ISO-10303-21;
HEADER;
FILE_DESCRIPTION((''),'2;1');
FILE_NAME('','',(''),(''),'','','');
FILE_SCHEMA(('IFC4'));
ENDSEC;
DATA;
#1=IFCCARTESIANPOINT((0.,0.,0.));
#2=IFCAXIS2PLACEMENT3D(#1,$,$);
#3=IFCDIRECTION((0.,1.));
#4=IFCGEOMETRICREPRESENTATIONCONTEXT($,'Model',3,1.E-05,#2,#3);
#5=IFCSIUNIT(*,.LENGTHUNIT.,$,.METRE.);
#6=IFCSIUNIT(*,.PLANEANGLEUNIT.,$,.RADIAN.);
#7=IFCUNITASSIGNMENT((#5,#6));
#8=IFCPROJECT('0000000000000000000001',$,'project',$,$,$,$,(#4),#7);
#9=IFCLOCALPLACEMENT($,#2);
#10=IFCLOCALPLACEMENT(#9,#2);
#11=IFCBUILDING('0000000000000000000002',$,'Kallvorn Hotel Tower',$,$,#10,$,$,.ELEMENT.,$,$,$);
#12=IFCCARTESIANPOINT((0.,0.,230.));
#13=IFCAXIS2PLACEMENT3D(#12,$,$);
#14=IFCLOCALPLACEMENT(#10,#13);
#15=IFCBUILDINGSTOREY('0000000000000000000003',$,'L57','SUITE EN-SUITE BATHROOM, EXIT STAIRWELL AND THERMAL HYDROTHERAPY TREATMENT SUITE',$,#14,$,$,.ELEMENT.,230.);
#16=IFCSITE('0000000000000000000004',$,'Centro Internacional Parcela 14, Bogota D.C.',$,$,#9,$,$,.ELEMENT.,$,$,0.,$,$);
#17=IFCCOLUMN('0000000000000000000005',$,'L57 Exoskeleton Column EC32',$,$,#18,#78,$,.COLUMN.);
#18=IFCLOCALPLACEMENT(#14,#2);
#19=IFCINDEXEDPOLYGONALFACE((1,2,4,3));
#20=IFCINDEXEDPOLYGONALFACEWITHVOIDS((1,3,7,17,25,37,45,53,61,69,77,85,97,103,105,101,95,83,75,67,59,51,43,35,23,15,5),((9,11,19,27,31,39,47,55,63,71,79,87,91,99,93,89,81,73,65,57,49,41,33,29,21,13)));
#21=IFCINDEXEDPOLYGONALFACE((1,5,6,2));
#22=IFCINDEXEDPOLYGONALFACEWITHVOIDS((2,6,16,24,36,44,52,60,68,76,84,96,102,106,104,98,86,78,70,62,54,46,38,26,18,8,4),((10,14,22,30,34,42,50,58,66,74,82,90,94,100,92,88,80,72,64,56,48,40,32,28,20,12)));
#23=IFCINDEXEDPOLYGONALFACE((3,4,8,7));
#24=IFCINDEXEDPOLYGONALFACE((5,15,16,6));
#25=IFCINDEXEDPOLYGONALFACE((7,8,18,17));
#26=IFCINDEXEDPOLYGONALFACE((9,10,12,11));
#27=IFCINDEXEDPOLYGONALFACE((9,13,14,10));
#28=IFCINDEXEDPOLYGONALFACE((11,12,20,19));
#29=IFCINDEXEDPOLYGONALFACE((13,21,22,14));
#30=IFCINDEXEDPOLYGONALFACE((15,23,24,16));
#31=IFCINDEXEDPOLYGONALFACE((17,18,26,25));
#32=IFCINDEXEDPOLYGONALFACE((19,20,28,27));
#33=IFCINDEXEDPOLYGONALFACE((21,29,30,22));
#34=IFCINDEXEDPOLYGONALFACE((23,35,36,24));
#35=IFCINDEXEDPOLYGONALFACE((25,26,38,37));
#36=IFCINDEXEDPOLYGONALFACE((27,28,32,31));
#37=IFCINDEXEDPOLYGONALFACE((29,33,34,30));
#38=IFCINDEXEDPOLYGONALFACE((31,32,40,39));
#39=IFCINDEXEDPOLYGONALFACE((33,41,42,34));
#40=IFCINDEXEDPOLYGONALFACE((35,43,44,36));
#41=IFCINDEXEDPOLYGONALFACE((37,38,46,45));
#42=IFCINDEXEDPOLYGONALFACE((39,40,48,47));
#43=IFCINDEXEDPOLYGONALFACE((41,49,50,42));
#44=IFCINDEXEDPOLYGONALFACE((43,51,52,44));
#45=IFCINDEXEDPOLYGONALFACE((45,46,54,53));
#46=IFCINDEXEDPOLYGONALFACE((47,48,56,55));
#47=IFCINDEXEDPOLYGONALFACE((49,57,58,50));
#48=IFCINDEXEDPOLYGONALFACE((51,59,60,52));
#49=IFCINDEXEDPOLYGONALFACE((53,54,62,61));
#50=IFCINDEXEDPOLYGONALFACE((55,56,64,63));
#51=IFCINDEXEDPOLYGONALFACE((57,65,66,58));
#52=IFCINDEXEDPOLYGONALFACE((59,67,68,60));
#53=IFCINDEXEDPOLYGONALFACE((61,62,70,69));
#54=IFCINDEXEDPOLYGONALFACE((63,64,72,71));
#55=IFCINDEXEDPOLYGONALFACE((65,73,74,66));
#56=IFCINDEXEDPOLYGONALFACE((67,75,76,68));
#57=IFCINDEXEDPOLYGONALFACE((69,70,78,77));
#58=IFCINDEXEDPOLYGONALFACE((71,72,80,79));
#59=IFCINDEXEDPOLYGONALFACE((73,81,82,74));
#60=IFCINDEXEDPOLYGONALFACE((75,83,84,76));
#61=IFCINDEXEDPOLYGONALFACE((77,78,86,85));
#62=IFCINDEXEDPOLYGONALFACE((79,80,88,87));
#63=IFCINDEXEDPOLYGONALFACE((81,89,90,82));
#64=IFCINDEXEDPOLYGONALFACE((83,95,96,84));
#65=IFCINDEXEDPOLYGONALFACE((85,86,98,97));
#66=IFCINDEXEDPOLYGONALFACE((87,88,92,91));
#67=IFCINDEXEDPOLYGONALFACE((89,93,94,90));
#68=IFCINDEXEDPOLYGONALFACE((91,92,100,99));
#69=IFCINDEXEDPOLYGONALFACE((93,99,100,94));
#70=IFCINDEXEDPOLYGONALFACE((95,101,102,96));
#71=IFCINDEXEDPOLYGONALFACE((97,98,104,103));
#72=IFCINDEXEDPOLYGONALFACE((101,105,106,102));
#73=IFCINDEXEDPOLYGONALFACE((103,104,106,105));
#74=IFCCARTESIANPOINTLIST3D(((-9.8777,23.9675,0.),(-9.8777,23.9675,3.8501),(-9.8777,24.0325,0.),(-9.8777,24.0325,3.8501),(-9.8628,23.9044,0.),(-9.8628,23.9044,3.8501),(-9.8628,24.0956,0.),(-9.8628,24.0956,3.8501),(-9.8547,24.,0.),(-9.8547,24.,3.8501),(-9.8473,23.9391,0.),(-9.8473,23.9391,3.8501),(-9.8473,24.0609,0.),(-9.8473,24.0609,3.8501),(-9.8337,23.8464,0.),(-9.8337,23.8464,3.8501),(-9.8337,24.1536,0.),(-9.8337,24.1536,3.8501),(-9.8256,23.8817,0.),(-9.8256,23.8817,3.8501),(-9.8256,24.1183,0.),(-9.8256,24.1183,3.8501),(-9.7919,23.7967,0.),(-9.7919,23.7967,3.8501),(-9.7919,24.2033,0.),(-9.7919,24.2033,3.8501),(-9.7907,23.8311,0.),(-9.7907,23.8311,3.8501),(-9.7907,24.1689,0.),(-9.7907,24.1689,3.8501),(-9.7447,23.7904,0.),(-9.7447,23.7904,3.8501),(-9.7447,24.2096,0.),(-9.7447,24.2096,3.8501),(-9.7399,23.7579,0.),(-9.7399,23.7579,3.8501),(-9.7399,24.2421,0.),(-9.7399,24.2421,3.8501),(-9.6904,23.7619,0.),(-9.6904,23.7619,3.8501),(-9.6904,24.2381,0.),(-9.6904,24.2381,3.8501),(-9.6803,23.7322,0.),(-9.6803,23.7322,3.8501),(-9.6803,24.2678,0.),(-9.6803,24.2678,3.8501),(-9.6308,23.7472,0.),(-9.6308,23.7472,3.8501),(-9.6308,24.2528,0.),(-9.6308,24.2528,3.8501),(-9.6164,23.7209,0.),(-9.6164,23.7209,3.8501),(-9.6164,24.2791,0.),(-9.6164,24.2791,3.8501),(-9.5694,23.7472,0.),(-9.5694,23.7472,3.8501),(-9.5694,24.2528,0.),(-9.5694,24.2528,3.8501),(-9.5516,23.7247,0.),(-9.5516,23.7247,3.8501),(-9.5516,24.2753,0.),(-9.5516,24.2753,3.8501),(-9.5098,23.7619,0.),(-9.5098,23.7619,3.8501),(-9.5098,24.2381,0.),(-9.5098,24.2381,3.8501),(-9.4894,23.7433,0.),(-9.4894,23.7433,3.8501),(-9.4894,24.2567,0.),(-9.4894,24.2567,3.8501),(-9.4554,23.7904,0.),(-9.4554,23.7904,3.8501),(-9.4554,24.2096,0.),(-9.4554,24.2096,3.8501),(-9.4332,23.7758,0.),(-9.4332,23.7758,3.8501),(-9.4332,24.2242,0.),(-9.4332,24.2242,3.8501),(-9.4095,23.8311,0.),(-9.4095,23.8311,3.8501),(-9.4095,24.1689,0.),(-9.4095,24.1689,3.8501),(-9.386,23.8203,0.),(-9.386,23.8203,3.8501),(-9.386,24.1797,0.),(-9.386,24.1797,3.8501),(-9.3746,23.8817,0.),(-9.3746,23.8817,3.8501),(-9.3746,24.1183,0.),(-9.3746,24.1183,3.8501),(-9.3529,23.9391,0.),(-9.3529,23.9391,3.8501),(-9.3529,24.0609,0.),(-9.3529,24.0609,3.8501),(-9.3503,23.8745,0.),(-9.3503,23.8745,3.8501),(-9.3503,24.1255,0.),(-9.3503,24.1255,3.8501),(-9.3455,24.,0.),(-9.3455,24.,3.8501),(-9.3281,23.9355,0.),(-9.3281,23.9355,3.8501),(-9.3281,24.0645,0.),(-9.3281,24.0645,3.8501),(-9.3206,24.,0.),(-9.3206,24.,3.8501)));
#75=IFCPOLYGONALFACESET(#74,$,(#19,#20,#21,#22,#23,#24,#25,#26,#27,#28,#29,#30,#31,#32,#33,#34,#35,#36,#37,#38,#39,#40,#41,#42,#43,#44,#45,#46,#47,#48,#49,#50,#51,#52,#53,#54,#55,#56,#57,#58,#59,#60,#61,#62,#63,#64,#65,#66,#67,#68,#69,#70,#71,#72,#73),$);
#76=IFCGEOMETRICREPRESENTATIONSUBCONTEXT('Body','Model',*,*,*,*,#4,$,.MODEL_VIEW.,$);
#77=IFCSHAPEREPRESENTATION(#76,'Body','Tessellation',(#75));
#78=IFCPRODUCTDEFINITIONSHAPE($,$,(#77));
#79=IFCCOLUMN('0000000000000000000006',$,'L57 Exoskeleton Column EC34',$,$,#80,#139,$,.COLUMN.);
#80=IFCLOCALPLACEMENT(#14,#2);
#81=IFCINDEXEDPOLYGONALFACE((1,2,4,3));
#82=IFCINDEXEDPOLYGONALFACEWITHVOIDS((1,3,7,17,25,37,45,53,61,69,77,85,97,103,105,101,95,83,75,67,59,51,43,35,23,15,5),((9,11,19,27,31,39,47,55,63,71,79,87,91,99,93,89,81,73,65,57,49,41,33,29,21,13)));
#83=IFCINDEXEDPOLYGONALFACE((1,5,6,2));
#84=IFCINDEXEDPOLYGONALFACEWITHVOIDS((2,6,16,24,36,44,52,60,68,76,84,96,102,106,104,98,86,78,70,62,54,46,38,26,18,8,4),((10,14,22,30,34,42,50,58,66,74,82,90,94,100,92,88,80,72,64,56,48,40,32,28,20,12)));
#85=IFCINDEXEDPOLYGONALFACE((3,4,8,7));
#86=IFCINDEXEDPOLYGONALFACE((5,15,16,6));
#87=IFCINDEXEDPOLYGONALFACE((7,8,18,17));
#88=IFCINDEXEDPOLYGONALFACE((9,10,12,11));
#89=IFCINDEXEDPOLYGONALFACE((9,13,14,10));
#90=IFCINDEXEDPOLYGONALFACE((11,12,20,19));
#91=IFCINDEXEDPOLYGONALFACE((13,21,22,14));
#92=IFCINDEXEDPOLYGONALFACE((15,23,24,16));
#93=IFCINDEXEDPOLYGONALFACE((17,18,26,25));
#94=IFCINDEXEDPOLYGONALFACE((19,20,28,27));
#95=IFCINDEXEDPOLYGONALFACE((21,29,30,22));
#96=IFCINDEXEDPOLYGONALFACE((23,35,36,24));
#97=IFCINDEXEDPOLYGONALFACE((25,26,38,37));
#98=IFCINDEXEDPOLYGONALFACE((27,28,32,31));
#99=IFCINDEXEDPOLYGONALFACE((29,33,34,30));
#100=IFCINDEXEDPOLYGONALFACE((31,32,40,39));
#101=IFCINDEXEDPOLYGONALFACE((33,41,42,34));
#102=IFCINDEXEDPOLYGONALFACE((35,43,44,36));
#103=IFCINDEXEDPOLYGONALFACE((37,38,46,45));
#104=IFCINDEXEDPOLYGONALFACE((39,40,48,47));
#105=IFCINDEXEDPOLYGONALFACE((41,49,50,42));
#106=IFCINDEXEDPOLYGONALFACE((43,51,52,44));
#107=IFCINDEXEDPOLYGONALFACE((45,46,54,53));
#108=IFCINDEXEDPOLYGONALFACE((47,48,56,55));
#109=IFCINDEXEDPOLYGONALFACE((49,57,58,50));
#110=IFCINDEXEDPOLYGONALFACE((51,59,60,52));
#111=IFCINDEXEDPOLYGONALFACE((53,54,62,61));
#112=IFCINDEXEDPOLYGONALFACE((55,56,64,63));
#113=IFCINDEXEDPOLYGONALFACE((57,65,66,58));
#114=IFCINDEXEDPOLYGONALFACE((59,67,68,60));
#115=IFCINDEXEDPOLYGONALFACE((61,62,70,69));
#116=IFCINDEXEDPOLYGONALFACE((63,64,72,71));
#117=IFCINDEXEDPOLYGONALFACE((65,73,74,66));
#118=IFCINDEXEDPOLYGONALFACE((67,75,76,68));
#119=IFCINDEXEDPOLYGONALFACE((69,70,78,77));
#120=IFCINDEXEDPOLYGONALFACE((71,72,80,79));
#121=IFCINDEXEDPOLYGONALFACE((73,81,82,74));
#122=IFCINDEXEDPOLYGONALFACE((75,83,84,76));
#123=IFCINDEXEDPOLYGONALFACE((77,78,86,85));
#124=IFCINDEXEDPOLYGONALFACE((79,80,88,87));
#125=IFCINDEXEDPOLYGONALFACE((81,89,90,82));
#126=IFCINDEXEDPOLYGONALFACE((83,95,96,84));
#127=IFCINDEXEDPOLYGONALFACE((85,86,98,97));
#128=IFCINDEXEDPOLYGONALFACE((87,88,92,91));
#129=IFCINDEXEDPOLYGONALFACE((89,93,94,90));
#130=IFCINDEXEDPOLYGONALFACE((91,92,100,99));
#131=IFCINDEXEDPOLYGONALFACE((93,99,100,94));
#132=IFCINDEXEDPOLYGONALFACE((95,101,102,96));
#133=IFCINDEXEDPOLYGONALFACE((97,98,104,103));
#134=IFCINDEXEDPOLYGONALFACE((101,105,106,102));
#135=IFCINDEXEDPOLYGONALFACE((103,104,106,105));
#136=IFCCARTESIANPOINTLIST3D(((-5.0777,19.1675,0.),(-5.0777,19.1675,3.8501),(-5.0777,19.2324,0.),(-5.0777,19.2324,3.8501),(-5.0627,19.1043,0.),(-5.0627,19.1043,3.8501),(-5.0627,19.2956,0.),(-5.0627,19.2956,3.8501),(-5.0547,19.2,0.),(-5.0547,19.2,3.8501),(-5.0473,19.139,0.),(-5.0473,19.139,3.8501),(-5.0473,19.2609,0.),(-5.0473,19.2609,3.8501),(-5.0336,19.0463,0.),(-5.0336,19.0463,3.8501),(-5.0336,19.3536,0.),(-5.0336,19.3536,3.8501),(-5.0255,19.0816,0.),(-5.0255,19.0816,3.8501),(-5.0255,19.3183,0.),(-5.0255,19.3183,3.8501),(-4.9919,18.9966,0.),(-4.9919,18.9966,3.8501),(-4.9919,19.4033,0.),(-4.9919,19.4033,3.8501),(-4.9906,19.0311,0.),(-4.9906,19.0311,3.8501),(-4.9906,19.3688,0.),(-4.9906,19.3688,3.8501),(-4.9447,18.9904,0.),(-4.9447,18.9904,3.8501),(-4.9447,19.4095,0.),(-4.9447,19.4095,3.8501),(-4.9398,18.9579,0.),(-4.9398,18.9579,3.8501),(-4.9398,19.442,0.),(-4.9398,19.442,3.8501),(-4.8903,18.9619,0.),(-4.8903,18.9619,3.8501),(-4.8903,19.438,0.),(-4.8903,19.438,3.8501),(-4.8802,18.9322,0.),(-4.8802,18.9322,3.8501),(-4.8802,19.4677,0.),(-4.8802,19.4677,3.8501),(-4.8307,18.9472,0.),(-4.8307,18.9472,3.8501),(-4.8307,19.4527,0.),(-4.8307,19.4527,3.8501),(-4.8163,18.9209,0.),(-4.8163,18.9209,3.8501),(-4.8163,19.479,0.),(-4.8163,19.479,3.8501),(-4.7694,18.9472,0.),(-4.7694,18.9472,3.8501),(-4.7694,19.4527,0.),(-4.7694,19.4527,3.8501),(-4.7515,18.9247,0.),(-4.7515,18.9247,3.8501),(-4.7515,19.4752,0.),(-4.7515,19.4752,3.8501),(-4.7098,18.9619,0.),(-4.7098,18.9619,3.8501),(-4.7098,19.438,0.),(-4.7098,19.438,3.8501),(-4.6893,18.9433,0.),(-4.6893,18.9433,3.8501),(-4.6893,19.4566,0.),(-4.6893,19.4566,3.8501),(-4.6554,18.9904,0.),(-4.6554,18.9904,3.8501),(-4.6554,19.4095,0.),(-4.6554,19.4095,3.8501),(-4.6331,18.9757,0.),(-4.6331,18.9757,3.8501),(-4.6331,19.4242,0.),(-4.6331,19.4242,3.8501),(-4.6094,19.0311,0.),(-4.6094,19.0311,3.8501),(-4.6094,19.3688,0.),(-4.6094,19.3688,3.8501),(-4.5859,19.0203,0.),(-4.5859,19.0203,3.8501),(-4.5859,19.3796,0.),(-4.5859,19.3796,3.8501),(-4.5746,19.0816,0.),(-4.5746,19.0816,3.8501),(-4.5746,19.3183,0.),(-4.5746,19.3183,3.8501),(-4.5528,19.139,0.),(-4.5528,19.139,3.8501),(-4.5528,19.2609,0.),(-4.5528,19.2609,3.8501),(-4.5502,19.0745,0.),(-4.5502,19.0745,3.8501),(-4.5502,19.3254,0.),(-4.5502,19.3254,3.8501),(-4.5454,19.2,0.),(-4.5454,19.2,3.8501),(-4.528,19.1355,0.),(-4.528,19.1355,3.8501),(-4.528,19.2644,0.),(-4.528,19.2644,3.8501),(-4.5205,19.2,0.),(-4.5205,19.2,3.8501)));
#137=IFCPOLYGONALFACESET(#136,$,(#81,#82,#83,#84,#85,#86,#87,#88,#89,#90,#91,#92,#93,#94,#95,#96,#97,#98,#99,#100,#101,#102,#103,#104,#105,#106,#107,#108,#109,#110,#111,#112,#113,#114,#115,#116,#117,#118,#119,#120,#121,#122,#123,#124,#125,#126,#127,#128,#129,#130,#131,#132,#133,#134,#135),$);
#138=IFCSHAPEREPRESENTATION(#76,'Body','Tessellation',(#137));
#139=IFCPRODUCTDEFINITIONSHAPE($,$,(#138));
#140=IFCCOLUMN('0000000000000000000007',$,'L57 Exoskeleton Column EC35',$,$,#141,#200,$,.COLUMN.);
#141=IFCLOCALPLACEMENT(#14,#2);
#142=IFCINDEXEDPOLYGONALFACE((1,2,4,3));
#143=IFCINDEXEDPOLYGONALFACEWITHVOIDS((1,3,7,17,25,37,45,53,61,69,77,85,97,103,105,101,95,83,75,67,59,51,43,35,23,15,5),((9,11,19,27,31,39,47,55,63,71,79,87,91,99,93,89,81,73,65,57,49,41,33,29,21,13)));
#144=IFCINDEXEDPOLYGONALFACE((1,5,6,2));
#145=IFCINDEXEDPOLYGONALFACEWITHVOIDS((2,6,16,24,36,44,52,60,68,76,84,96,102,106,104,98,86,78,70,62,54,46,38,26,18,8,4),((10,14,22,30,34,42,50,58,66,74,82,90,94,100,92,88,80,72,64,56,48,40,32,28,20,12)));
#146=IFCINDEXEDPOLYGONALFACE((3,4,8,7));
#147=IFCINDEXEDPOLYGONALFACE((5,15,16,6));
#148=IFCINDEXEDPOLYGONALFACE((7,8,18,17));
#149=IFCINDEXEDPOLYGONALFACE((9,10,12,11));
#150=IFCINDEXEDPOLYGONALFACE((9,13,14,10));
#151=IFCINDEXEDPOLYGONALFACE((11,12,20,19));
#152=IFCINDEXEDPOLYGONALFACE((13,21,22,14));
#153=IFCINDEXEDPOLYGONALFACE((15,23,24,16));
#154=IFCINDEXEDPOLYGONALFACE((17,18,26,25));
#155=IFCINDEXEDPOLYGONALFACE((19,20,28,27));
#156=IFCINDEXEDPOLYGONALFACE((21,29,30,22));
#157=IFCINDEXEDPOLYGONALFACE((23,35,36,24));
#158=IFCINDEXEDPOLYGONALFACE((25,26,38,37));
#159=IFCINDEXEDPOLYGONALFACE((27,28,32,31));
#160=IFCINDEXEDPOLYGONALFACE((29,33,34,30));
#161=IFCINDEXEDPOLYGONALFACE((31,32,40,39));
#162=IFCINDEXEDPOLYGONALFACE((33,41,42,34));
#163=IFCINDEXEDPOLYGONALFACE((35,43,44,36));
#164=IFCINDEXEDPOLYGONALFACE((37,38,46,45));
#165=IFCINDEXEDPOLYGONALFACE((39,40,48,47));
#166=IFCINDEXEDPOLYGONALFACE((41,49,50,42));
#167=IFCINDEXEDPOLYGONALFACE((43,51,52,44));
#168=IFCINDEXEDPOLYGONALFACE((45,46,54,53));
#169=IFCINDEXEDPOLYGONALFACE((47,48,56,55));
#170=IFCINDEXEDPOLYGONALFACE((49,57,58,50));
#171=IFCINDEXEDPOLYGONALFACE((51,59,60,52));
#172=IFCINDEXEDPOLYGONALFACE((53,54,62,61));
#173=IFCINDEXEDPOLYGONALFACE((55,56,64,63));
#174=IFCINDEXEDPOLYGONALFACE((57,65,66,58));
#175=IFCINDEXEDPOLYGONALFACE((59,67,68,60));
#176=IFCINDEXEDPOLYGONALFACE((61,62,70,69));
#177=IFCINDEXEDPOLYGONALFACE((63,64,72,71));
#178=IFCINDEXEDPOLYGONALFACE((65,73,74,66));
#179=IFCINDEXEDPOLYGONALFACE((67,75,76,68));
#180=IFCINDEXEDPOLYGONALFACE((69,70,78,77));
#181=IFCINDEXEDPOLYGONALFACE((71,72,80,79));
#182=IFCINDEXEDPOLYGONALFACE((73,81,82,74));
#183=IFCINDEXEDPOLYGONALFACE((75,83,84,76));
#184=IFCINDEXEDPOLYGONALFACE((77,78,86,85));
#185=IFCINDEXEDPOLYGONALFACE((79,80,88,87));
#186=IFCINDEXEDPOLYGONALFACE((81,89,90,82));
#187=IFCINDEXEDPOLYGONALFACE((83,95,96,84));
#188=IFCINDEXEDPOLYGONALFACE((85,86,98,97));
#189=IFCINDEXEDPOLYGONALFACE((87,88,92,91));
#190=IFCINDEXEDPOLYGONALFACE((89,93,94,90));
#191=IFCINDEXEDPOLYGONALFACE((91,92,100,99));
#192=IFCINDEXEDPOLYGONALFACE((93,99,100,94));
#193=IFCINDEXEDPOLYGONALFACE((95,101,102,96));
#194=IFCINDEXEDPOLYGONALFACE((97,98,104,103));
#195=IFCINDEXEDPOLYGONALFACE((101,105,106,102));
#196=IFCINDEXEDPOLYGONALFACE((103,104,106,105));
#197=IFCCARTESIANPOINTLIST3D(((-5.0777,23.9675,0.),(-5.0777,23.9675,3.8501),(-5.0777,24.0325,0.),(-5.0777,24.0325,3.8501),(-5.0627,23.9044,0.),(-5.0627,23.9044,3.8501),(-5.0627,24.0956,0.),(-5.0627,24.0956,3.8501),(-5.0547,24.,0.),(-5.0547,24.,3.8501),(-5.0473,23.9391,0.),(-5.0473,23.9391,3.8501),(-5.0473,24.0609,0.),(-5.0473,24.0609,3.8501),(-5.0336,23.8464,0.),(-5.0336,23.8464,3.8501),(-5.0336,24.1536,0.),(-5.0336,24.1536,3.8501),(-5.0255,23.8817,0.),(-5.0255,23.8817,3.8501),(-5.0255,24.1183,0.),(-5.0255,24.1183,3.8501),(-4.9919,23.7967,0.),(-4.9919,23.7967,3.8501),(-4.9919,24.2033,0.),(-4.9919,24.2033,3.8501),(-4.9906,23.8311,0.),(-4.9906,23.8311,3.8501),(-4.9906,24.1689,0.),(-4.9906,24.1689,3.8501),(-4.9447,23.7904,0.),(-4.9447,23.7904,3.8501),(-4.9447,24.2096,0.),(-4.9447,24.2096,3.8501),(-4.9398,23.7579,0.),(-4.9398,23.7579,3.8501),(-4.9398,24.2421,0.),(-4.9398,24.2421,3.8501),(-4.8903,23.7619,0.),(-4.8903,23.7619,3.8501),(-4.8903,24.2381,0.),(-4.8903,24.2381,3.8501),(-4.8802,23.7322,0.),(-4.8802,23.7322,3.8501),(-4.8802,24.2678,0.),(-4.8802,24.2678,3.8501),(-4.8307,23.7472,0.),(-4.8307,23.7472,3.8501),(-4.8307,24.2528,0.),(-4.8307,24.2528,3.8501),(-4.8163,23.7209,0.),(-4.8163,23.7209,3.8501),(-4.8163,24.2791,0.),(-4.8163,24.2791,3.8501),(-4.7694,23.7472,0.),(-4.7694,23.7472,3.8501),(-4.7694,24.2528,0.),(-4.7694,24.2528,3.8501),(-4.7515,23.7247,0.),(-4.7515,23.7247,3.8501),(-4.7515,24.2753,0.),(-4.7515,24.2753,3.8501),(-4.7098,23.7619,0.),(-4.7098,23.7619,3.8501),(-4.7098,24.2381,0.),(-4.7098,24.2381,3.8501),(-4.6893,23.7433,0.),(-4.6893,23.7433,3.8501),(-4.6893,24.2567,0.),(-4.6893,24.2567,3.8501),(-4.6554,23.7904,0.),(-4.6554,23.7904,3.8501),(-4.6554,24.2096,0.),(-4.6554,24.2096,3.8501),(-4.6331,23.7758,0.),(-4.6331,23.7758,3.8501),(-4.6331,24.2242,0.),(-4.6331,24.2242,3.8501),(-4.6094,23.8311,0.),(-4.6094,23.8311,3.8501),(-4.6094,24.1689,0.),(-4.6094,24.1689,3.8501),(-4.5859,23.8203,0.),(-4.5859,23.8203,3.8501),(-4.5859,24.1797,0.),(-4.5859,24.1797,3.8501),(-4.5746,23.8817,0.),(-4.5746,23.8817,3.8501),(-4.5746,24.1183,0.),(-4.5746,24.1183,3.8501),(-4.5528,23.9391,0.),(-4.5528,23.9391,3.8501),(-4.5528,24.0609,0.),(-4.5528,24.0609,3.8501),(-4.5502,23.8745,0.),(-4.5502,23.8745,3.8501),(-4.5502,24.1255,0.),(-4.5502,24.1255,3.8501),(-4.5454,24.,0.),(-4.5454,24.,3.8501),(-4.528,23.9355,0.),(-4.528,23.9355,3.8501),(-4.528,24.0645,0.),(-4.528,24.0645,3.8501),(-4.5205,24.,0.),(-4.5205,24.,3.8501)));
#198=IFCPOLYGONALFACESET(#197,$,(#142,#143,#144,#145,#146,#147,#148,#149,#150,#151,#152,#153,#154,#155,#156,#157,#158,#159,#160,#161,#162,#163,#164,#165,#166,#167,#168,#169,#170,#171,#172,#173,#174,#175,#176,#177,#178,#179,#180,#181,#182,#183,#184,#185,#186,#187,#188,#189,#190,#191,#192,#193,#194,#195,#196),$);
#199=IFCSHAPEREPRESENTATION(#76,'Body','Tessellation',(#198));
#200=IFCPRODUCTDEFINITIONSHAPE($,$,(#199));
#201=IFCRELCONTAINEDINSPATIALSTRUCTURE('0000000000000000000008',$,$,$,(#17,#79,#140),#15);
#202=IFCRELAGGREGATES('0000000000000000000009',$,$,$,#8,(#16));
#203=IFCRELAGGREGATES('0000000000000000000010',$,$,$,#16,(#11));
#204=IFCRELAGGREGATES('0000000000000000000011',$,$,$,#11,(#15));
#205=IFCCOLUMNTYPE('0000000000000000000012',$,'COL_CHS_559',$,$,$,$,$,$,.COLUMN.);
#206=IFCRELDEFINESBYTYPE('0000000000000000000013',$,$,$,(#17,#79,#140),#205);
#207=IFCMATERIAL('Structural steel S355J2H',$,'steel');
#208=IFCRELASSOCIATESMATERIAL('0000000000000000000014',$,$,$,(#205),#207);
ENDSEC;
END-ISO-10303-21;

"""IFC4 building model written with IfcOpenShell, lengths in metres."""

from ifc_helpers import new_model, si_unit, direction, frame, origin, origin_2d, place, context, subcontext, project, spatial, hollow_circle, extrude, material, material_profile, profile_set, type_object, element, save


model = new_model("IFC4")

# Units and contexts
model_context = context("Model", 3, precision=1e-05, world=origin(), true_north=direction((0.0, 1.0)))
body_context = subcontext(model_context, "Body", "Model", "MODEL_VIEW")
ifc_project = project(units=[si_unit("LENGTHUNIT", "METRE"), si_unit("PLANEANGLEUNIT", "RADIAN")], contexts=[model_context])

# Site, building, storey
site_placement = place(None, origin())
site = spatial("IfcSite", under=ifc_project, at=site_placement, Name="Centro Internacional Parcela 14, Bogota D.C.", CompositionType="ELEMENT", RefElevation=0.0)
building_placement = place(site_placement, origin())
building = spatial("IfcBuilding", under=site, at=building_placement, Name="Kallvorn Hotel Tower", CompositionType="ELEMENT")
storey_placement = place(building_placement, frame((0.0, 0.0, 230.0)))
storey = spatial("IfcBuildingStorey", under=building, at=storey_placement, Name="L57", Description="SUITE EN-SUITE BATHROOM, EXIT STAIRWELL AND THERMAL HYDROTHERAPY TREATMENT SUITE", CompositionType="ELEMENT", Elevation=230.0)

# Columns
ifc_material_1 = material(Name="Structural steel S355J2H", Category="steel")
ifc_material_profile_1 = material_profile(ifc_material_1, hollow_circle(Radius=0.2795, WallThickness=0.0249, at=origin_2d()), Name="CHS 559x25")
ifc_profile_set_1 = profile_set([ifc_material_profile_1], Name="Structural steel S355J2H")
column_type_1 = type_object("IfcColumnType", Name="COL_CHS_559", PredefinedType="COLUMN", material=ifc_profile_set_1)
for number, where, z_axis, x_axis, name in (
    (1, (-9.6001, 24.0, 0.0), (0.0, 0.0, 1.0), (1.0, 0.0, 0.0), "L57 Exoskeleton Column EC32"),
    (2, (-4.8, 19.2, 0.0), (0.0, 0.0, 1.0), (1.0, 0.0, 0.0), "L57 Exoskeleton Column EC34"),
    (3, (-4.8, 24.0, 0.0), (0.0, 0.0, 1.0), (1.0, 0.0, 0.0), "L57 Exoskeleton Column EC35"),
):
    element("IfcColumn", number, at=place(storey_placement, frame(where, z_axis=z_axis, x_axis=x_axis)), inside=storey, type_object=column_type_1, Name=name, PredefinedType="COLUMN", context=body_context, shape_type="SweptSolid", body=[
        extrude(hollow_circle(Radius=0.2795, WallThickness=0.0249, at=origin_2d()), origin(), (0.0, 0.0, 1.0), 3.8501),
    ])

save(model, "model.ifc")
